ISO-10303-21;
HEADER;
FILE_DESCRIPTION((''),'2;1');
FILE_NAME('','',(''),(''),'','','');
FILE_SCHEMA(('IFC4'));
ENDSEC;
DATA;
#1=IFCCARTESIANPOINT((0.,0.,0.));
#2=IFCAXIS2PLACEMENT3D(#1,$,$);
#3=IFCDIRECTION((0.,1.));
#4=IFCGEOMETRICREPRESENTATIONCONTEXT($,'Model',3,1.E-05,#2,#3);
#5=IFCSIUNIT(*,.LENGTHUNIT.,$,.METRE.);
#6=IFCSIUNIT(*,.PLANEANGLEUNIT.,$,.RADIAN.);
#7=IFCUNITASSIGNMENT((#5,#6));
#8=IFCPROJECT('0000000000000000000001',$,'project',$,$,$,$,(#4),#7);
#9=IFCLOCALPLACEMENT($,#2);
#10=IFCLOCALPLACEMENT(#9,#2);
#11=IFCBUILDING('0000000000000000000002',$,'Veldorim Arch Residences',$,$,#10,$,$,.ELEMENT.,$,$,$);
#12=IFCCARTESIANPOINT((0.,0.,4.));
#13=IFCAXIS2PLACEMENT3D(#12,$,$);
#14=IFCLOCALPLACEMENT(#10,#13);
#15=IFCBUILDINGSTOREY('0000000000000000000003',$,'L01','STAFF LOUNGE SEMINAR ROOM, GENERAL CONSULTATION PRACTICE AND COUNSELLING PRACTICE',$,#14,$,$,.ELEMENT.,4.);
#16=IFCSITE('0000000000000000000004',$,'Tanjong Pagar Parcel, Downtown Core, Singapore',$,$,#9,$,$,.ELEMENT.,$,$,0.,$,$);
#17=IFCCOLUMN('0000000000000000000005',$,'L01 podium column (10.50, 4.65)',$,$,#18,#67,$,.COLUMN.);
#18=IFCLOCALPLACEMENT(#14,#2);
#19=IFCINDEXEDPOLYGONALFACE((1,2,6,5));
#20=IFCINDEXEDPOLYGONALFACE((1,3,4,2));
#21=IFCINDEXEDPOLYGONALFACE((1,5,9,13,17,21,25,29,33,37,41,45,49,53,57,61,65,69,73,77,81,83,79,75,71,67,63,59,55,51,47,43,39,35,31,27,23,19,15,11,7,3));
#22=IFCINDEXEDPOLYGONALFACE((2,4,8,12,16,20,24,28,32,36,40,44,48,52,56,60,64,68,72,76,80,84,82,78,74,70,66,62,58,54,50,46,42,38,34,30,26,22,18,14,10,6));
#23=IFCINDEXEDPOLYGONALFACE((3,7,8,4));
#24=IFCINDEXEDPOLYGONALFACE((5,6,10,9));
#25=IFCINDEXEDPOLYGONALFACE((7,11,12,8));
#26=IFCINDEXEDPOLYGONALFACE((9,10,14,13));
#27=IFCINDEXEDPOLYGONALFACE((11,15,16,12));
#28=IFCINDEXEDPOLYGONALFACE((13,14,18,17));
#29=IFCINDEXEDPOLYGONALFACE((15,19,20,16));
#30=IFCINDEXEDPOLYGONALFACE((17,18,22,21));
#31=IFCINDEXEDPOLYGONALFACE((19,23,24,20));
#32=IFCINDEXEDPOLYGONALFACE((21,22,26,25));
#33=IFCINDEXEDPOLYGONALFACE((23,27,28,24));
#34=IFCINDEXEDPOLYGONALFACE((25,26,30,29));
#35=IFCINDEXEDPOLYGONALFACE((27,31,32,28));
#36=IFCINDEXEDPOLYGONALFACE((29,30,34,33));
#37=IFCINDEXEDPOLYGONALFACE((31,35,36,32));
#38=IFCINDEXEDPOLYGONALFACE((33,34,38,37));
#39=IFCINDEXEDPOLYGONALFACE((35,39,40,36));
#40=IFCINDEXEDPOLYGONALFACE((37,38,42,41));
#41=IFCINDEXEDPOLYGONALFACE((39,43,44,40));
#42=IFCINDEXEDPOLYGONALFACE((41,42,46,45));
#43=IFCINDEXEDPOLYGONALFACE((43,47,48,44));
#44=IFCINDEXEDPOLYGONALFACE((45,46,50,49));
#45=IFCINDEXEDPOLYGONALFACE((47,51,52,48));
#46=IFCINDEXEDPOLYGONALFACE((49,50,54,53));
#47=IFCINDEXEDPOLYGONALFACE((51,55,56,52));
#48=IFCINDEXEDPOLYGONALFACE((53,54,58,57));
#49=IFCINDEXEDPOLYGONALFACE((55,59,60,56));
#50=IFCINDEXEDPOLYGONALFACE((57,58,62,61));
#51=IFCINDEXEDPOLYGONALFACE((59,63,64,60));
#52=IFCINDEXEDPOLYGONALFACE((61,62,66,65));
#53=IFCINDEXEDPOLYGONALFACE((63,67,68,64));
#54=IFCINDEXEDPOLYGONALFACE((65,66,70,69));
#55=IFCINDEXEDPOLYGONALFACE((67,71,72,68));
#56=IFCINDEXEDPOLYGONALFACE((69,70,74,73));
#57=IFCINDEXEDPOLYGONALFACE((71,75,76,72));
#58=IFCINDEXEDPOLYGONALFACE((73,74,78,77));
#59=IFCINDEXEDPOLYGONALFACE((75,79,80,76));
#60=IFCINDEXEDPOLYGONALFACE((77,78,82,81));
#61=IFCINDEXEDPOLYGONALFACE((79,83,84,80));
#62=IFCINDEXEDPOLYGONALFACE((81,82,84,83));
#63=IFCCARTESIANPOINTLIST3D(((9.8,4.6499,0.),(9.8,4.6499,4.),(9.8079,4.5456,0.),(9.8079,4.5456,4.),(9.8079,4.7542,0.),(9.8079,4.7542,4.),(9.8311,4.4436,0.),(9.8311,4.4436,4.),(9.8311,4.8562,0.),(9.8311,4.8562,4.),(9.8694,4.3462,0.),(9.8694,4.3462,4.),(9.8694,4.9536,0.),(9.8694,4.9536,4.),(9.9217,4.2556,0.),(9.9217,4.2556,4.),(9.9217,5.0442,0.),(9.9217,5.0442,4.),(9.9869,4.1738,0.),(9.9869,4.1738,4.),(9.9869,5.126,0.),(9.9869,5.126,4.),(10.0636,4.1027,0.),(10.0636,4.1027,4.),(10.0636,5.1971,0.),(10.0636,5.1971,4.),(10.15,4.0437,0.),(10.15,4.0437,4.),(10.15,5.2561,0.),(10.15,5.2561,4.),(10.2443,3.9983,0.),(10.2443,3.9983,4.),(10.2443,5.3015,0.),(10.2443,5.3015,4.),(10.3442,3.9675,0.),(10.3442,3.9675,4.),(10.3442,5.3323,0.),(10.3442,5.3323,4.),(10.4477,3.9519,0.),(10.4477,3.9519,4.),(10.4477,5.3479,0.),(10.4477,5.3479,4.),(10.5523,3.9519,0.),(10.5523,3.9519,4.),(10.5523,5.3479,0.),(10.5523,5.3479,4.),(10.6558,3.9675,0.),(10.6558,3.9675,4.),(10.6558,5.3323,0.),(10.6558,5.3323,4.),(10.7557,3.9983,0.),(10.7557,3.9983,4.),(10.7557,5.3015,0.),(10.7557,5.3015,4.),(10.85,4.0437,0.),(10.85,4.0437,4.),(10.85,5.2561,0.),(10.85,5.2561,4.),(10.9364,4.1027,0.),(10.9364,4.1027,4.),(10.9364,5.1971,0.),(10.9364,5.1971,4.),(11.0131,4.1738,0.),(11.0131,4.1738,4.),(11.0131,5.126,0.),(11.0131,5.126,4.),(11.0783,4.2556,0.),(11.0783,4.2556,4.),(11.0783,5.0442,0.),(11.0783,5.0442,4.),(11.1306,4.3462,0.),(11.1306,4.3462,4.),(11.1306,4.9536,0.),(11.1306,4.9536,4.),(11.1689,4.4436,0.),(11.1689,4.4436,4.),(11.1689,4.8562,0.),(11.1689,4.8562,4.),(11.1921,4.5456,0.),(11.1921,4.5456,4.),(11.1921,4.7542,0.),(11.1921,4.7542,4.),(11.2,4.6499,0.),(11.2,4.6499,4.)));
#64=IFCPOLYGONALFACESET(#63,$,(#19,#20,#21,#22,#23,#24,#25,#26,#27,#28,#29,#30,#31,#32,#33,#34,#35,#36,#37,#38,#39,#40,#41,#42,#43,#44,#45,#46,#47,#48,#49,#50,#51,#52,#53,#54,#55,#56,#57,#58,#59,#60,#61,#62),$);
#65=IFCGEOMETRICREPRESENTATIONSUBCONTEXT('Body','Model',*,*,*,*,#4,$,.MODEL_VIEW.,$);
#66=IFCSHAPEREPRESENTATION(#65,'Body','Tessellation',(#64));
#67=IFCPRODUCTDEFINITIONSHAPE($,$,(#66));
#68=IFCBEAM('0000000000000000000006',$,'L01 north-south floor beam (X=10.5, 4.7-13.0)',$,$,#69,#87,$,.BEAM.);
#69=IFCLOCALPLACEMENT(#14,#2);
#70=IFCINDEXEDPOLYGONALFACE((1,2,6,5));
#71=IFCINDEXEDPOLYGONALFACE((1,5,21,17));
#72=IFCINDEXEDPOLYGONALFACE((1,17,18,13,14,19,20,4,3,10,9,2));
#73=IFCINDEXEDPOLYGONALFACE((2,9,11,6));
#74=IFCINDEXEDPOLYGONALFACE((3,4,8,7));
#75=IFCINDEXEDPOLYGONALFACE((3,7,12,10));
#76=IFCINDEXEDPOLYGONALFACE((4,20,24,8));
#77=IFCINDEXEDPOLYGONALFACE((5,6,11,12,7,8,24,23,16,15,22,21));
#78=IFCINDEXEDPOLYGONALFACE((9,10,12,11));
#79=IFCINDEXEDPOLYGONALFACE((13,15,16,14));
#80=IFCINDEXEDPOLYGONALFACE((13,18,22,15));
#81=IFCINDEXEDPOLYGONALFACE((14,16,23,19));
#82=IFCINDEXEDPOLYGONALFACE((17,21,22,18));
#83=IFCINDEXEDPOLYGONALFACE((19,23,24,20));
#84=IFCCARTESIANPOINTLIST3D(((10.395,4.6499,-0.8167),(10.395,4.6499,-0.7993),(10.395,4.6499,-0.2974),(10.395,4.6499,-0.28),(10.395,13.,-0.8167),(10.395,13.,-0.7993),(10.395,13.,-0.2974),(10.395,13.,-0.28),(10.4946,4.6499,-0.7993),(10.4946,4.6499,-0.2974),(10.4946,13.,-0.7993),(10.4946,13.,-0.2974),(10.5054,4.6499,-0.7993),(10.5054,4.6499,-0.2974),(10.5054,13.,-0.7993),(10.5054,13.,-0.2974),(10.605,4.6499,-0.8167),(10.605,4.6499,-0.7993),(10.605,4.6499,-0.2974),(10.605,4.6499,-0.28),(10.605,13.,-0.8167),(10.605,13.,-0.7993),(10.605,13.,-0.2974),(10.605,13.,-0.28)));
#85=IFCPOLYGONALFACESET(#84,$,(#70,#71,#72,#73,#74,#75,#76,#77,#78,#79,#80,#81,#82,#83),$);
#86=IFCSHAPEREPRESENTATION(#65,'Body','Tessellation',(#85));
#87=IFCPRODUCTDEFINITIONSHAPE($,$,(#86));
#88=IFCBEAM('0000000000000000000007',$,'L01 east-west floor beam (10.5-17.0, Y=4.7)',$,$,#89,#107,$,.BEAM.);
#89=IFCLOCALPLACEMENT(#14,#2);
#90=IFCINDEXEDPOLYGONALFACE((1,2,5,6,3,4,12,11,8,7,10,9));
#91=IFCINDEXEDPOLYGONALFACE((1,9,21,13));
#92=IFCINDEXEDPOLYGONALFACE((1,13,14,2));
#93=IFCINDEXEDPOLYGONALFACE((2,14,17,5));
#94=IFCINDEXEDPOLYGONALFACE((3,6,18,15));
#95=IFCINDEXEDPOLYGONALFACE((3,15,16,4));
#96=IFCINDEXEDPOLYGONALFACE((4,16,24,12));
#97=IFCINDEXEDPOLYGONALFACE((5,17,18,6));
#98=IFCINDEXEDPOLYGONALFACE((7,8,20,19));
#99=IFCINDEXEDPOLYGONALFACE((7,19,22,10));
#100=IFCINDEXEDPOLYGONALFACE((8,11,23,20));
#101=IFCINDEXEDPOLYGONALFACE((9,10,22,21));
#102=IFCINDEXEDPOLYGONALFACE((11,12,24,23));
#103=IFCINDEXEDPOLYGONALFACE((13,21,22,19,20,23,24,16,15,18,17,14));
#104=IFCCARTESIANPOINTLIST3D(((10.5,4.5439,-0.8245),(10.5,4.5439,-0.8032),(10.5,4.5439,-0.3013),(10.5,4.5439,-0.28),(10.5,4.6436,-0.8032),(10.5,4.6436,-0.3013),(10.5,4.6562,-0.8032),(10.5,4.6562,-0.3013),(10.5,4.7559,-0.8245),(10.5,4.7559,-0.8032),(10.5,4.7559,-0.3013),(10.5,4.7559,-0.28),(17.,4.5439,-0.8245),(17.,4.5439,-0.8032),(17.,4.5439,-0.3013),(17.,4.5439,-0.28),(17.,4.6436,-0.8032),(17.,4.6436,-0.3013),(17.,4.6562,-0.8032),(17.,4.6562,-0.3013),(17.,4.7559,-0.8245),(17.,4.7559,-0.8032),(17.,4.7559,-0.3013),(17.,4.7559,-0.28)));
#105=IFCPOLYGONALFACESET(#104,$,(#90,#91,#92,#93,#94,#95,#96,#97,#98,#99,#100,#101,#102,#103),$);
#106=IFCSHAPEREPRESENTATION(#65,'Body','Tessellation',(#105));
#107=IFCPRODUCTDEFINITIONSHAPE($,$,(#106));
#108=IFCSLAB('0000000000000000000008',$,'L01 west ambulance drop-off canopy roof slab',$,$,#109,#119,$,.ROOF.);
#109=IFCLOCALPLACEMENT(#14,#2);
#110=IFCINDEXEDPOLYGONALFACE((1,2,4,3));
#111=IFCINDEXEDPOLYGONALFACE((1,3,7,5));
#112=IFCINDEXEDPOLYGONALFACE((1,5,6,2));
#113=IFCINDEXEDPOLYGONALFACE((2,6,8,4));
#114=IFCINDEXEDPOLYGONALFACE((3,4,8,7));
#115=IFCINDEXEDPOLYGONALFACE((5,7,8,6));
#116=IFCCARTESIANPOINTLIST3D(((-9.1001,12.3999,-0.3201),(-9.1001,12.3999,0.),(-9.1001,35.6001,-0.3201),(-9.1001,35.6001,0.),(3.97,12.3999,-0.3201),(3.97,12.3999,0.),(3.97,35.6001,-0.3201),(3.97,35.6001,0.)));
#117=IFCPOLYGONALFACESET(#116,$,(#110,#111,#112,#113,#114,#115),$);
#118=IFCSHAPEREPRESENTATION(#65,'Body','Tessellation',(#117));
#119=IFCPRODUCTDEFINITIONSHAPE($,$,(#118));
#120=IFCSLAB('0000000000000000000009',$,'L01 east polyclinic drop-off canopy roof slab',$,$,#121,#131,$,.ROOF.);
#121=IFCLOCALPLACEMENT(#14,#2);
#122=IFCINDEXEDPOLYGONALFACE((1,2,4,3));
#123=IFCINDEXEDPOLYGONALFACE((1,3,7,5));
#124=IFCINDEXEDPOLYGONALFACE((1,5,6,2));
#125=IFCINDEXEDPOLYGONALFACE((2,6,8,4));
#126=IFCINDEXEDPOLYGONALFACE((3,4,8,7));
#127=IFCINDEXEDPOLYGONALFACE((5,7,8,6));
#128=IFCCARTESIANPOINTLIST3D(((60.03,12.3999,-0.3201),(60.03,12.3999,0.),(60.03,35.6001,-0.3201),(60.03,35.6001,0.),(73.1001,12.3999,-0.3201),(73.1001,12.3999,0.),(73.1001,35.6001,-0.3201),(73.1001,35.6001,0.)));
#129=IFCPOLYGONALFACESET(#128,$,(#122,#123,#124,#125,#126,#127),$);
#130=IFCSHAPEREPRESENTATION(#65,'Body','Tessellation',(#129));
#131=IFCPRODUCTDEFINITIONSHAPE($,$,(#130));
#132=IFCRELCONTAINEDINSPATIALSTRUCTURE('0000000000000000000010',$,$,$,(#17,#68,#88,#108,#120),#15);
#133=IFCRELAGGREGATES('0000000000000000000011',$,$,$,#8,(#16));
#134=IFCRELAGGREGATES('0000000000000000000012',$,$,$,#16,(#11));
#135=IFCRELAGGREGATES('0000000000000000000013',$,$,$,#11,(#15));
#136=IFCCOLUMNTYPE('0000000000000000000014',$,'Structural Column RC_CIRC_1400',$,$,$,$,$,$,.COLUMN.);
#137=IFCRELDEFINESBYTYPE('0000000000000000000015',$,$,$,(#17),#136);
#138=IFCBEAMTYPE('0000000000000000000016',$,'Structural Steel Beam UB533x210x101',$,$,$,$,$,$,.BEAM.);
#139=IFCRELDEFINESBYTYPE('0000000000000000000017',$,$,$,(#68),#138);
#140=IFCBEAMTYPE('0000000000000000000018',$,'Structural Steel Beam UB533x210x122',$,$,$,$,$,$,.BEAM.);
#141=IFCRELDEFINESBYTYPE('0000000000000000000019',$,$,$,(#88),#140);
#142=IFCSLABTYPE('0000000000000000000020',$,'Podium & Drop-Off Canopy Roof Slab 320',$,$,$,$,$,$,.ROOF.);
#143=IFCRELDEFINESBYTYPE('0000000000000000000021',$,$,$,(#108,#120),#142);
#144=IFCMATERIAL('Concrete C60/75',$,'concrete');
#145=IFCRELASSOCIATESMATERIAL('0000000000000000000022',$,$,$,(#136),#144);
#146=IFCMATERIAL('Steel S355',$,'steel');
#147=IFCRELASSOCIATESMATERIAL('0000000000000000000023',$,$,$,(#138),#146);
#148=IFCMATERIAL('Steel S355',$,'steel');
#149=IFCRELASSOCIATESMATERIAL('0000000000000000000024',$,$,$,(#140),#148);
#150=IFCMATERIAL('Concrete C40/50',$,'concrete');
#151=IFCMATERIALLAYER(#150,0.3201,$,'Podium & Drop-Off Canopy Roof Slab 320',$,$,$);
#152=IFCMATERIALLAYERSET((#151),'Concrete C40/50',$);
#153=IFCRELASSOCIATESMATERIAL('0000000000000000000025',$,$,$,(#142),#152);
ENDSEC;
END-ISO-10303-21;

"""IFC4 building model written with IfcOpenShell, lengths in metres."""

from ifc_helpers import new_model, si_unit, direction, frame, origin, origin_2d, place, context, subcontext, project, spatial, polyline, circle, i_section, outline, extrude, material, layer, layer_set, material_profile, profile_set, type_object, element, save


model = new_model("IFC4")

# Units and contexts
model_context = context("Model", 3, precision=1e-05, world=origin(), true_north=direction((0.0, 1.0)))
body_context = subcontext(model_context, "Body", "Model", "MODEL_VIEW")
ifc_project = project(units=[si_unit("LENGTHUNIT", "METRE"), si_unit("PLANEANGLEUNIT", "RADIAN")], contexts=[model_context])

# Site, building, storey
site_placement = place(None, origin())
site = spatial("IfcSite", under=ifc_project, at=site_placement, Name="Tanjong Pagar Parcel, Downtown Core, Singapore", CompositionType="ELEMENT", RefElevation=0.0)
building_placement = place(site_placement, origin())
building = spatial("IfcBuilding", under=site, at=building_placement, Name="Veldorim Arch Residences", CompositionType="ELEMENT")
storey_placement = place(building_placement, frame((0.0, 0.0, 4.0)))
storey = spatial("IfcBuildingStorey", under=building, at=storey_placement, Name="L01", Description="STAFF LOUNGE SEMINAR ROOM, GENERAL CONSULTATION PRACTICE AND COUNSELLING PRACTICE", CompositionType="ELEMENT", Elevation=4.0)

# Column
ifc_material_1 = material(Name="Concrete C60/75", Category="concrete")
ifc_material_profile_1 = material_profile(ifc_material_1, circle(Radius=0.7, at=origin_2d()), Name="RC_CIRC_1400")
ifc_profile_set_1 = profile_set([ifc_material_profile_1], Name="Concrete C60/75")
column_type = type_object("IfcColumnType", Name="Structural Column RC_CIRC_1400", PredefinedType="COLUMN", material=ifc_profile_set_1)
column_placement = place(storey_placement, frame((10.5, 4.6499, 0.0), z_axis=(0.0, 0.0, 1.0), x_axis=(1.0, 0.0, 0.0)))
element("IfcColumn", 1, at=column_placement, inside=storey, type_object=column_type, Name="L01 podium column (10.50, 4.65)", PredefinedType="COLUMN", context=body_context, shape_type="SweptSolid", body=[
    extrude(circle(Radius=0.7, at=origin_2d()), origin(), (0.0, 0.0, 1.0), 4.0),
])

# Beams
ifc_material_2 = material(Name="Steel S355", Category="steel")
ifc_material_profile_2 = material_profile(ifc_material_2, i_section(OverallWidth=0.21, OverallDepth=0.5366, WebThickness=0.0107, FlangeThickness=0.0173, at=origin_2d()), Name="UB533x210x101")
ifc_profile_set_2 = profile_set([ifc_material_profile_2], Name="Steel S355")
beam_type_1 = type_object("IfcBeamType", Name="Structural Steel Beam UB533x210x101", PredefinedType="BEAM", material=ifc_profile_set_2)
beam_1_placement = place(storey_placement, frame((10.5, 4.6499, -0.5483), z_axis=(0.0, 1.0, 0.0), x_axis=(-1.0, 0.0, 0.0)))
element("IfcBeam", 2, at=beam_1_placement, inside=storey, type_object=beam_type_1, Name="L01 north-south floor beam (X=10.5, 4.7-13.0)", PredefinedType="BEAM", context=body_context, shape_type="SweptSolid", body=[
    extrude(i_section(OverallWidth=0.21, OverallDepth=0.5366, WebThickness=0.0107, FlangeThickness=0.0173, at=origin_2d()), origin(), (0.0, 0.0, 1.0), 8.3501),
])
ifc_material_3 = material(Name="Steel S355", Category="steel")
ifc_material_profile_3 = material_profile(ifc_material_3, i_section(OverallWidth=0.2119, OverallDepth=0.5444, WebThickness=0.0127, FlangeThickness=0.0212, at=origin_2d()), Name="UB533x210x122")
ifc_profile_set_3 = profile_set([ifc_material_profile_3], Name="Steel S355")
beam_type_2 = type_object("IfcBeamType", Name="Structural Steel Beam UB533x210x122", PredefinedType="BEAM", material=ifc_profile_set_3)
beam_2_placement = place(storey_placement, frame((10.5, 4.6499, -0.5522), z_axis=(1.0, 0.0, 0.0), x_axis=(0.0, 1.0, 0.0)))
element("IfcBeam", 3, at=beam_2_placement, inside=storey, type_object=beam_type_2, Name="L01 east-west floor beam (10.5-17.0, Y=4.7)", PredefinedType="BEAM", context=body_context, shape_type="SweptSolid", body=[
    extrude(i_section(OverallWidth=0.2119, OverallDepth=0.5444, WebThickness=0.0127, FlangeThickness=0.0212, at=origin_2d()), origin(), (0.0, 0.0, 1.0), 6.5),
])

# Slabs
ifc_material_4 = material(Name="Concrete C40/50", Category="concrete")
ifc_layer_1 = layer(ifc_material_4, 0.3201, Name="Podium & Drop-Off Canopy Roof Slab 320")
ifc_layer_set_1 = layer_set([ifc_layer_1], Name="Concrete C40/50")
slab_type_1 = type_object("IfcSlabType", Name="Podium & Drop-Off Canopy Roof Slab 320", PredefinedType="ROOF", material=ifc_layer_set_1)
slab_1_placement = place(storey_placement, frame((0.0, 0.0, -0.3201)))
element("IfcSlab", 4, at=slab_1_placement, inside=storey, type_object=slab_type_1, Name="L01 west ambulance drop-off canopy roof slab", PredefinedType="ROOF", context=body_context, shape_type="SweptSolid", body=[
    extrude(outline(polyline([(-9.1001, 12.3999), (3.97, 12.3999), (3.97, 35.6001), (-9.1001, 35.6001), (-9.1001, 12.3999)])), origin(), (0.0, 0.0, 1.0), 0.3201),
])
slab_2_placement = place(storey_placement, frame((0.0, 0.0, -0.3201)))
element("IfcSlab", 5, at=slab_2_placement, inside=storey, type_object=slab_type_1, Name="L01 east polyclinic drop-off canopy roof slab", PredefinedType="ROOF", context=body_context, shape_type="SweptSolid", body=[
    extrude(outline(polyline([(60.03, 12.3999), (73.1001, 12.3999), (73.1001, 35.6001), (60.03, 35.6001), (60.03, 12.3999)])), origin(), (0.0, 0.0, 1.0), 0.3201),
])

save(model, "model.ifc")
